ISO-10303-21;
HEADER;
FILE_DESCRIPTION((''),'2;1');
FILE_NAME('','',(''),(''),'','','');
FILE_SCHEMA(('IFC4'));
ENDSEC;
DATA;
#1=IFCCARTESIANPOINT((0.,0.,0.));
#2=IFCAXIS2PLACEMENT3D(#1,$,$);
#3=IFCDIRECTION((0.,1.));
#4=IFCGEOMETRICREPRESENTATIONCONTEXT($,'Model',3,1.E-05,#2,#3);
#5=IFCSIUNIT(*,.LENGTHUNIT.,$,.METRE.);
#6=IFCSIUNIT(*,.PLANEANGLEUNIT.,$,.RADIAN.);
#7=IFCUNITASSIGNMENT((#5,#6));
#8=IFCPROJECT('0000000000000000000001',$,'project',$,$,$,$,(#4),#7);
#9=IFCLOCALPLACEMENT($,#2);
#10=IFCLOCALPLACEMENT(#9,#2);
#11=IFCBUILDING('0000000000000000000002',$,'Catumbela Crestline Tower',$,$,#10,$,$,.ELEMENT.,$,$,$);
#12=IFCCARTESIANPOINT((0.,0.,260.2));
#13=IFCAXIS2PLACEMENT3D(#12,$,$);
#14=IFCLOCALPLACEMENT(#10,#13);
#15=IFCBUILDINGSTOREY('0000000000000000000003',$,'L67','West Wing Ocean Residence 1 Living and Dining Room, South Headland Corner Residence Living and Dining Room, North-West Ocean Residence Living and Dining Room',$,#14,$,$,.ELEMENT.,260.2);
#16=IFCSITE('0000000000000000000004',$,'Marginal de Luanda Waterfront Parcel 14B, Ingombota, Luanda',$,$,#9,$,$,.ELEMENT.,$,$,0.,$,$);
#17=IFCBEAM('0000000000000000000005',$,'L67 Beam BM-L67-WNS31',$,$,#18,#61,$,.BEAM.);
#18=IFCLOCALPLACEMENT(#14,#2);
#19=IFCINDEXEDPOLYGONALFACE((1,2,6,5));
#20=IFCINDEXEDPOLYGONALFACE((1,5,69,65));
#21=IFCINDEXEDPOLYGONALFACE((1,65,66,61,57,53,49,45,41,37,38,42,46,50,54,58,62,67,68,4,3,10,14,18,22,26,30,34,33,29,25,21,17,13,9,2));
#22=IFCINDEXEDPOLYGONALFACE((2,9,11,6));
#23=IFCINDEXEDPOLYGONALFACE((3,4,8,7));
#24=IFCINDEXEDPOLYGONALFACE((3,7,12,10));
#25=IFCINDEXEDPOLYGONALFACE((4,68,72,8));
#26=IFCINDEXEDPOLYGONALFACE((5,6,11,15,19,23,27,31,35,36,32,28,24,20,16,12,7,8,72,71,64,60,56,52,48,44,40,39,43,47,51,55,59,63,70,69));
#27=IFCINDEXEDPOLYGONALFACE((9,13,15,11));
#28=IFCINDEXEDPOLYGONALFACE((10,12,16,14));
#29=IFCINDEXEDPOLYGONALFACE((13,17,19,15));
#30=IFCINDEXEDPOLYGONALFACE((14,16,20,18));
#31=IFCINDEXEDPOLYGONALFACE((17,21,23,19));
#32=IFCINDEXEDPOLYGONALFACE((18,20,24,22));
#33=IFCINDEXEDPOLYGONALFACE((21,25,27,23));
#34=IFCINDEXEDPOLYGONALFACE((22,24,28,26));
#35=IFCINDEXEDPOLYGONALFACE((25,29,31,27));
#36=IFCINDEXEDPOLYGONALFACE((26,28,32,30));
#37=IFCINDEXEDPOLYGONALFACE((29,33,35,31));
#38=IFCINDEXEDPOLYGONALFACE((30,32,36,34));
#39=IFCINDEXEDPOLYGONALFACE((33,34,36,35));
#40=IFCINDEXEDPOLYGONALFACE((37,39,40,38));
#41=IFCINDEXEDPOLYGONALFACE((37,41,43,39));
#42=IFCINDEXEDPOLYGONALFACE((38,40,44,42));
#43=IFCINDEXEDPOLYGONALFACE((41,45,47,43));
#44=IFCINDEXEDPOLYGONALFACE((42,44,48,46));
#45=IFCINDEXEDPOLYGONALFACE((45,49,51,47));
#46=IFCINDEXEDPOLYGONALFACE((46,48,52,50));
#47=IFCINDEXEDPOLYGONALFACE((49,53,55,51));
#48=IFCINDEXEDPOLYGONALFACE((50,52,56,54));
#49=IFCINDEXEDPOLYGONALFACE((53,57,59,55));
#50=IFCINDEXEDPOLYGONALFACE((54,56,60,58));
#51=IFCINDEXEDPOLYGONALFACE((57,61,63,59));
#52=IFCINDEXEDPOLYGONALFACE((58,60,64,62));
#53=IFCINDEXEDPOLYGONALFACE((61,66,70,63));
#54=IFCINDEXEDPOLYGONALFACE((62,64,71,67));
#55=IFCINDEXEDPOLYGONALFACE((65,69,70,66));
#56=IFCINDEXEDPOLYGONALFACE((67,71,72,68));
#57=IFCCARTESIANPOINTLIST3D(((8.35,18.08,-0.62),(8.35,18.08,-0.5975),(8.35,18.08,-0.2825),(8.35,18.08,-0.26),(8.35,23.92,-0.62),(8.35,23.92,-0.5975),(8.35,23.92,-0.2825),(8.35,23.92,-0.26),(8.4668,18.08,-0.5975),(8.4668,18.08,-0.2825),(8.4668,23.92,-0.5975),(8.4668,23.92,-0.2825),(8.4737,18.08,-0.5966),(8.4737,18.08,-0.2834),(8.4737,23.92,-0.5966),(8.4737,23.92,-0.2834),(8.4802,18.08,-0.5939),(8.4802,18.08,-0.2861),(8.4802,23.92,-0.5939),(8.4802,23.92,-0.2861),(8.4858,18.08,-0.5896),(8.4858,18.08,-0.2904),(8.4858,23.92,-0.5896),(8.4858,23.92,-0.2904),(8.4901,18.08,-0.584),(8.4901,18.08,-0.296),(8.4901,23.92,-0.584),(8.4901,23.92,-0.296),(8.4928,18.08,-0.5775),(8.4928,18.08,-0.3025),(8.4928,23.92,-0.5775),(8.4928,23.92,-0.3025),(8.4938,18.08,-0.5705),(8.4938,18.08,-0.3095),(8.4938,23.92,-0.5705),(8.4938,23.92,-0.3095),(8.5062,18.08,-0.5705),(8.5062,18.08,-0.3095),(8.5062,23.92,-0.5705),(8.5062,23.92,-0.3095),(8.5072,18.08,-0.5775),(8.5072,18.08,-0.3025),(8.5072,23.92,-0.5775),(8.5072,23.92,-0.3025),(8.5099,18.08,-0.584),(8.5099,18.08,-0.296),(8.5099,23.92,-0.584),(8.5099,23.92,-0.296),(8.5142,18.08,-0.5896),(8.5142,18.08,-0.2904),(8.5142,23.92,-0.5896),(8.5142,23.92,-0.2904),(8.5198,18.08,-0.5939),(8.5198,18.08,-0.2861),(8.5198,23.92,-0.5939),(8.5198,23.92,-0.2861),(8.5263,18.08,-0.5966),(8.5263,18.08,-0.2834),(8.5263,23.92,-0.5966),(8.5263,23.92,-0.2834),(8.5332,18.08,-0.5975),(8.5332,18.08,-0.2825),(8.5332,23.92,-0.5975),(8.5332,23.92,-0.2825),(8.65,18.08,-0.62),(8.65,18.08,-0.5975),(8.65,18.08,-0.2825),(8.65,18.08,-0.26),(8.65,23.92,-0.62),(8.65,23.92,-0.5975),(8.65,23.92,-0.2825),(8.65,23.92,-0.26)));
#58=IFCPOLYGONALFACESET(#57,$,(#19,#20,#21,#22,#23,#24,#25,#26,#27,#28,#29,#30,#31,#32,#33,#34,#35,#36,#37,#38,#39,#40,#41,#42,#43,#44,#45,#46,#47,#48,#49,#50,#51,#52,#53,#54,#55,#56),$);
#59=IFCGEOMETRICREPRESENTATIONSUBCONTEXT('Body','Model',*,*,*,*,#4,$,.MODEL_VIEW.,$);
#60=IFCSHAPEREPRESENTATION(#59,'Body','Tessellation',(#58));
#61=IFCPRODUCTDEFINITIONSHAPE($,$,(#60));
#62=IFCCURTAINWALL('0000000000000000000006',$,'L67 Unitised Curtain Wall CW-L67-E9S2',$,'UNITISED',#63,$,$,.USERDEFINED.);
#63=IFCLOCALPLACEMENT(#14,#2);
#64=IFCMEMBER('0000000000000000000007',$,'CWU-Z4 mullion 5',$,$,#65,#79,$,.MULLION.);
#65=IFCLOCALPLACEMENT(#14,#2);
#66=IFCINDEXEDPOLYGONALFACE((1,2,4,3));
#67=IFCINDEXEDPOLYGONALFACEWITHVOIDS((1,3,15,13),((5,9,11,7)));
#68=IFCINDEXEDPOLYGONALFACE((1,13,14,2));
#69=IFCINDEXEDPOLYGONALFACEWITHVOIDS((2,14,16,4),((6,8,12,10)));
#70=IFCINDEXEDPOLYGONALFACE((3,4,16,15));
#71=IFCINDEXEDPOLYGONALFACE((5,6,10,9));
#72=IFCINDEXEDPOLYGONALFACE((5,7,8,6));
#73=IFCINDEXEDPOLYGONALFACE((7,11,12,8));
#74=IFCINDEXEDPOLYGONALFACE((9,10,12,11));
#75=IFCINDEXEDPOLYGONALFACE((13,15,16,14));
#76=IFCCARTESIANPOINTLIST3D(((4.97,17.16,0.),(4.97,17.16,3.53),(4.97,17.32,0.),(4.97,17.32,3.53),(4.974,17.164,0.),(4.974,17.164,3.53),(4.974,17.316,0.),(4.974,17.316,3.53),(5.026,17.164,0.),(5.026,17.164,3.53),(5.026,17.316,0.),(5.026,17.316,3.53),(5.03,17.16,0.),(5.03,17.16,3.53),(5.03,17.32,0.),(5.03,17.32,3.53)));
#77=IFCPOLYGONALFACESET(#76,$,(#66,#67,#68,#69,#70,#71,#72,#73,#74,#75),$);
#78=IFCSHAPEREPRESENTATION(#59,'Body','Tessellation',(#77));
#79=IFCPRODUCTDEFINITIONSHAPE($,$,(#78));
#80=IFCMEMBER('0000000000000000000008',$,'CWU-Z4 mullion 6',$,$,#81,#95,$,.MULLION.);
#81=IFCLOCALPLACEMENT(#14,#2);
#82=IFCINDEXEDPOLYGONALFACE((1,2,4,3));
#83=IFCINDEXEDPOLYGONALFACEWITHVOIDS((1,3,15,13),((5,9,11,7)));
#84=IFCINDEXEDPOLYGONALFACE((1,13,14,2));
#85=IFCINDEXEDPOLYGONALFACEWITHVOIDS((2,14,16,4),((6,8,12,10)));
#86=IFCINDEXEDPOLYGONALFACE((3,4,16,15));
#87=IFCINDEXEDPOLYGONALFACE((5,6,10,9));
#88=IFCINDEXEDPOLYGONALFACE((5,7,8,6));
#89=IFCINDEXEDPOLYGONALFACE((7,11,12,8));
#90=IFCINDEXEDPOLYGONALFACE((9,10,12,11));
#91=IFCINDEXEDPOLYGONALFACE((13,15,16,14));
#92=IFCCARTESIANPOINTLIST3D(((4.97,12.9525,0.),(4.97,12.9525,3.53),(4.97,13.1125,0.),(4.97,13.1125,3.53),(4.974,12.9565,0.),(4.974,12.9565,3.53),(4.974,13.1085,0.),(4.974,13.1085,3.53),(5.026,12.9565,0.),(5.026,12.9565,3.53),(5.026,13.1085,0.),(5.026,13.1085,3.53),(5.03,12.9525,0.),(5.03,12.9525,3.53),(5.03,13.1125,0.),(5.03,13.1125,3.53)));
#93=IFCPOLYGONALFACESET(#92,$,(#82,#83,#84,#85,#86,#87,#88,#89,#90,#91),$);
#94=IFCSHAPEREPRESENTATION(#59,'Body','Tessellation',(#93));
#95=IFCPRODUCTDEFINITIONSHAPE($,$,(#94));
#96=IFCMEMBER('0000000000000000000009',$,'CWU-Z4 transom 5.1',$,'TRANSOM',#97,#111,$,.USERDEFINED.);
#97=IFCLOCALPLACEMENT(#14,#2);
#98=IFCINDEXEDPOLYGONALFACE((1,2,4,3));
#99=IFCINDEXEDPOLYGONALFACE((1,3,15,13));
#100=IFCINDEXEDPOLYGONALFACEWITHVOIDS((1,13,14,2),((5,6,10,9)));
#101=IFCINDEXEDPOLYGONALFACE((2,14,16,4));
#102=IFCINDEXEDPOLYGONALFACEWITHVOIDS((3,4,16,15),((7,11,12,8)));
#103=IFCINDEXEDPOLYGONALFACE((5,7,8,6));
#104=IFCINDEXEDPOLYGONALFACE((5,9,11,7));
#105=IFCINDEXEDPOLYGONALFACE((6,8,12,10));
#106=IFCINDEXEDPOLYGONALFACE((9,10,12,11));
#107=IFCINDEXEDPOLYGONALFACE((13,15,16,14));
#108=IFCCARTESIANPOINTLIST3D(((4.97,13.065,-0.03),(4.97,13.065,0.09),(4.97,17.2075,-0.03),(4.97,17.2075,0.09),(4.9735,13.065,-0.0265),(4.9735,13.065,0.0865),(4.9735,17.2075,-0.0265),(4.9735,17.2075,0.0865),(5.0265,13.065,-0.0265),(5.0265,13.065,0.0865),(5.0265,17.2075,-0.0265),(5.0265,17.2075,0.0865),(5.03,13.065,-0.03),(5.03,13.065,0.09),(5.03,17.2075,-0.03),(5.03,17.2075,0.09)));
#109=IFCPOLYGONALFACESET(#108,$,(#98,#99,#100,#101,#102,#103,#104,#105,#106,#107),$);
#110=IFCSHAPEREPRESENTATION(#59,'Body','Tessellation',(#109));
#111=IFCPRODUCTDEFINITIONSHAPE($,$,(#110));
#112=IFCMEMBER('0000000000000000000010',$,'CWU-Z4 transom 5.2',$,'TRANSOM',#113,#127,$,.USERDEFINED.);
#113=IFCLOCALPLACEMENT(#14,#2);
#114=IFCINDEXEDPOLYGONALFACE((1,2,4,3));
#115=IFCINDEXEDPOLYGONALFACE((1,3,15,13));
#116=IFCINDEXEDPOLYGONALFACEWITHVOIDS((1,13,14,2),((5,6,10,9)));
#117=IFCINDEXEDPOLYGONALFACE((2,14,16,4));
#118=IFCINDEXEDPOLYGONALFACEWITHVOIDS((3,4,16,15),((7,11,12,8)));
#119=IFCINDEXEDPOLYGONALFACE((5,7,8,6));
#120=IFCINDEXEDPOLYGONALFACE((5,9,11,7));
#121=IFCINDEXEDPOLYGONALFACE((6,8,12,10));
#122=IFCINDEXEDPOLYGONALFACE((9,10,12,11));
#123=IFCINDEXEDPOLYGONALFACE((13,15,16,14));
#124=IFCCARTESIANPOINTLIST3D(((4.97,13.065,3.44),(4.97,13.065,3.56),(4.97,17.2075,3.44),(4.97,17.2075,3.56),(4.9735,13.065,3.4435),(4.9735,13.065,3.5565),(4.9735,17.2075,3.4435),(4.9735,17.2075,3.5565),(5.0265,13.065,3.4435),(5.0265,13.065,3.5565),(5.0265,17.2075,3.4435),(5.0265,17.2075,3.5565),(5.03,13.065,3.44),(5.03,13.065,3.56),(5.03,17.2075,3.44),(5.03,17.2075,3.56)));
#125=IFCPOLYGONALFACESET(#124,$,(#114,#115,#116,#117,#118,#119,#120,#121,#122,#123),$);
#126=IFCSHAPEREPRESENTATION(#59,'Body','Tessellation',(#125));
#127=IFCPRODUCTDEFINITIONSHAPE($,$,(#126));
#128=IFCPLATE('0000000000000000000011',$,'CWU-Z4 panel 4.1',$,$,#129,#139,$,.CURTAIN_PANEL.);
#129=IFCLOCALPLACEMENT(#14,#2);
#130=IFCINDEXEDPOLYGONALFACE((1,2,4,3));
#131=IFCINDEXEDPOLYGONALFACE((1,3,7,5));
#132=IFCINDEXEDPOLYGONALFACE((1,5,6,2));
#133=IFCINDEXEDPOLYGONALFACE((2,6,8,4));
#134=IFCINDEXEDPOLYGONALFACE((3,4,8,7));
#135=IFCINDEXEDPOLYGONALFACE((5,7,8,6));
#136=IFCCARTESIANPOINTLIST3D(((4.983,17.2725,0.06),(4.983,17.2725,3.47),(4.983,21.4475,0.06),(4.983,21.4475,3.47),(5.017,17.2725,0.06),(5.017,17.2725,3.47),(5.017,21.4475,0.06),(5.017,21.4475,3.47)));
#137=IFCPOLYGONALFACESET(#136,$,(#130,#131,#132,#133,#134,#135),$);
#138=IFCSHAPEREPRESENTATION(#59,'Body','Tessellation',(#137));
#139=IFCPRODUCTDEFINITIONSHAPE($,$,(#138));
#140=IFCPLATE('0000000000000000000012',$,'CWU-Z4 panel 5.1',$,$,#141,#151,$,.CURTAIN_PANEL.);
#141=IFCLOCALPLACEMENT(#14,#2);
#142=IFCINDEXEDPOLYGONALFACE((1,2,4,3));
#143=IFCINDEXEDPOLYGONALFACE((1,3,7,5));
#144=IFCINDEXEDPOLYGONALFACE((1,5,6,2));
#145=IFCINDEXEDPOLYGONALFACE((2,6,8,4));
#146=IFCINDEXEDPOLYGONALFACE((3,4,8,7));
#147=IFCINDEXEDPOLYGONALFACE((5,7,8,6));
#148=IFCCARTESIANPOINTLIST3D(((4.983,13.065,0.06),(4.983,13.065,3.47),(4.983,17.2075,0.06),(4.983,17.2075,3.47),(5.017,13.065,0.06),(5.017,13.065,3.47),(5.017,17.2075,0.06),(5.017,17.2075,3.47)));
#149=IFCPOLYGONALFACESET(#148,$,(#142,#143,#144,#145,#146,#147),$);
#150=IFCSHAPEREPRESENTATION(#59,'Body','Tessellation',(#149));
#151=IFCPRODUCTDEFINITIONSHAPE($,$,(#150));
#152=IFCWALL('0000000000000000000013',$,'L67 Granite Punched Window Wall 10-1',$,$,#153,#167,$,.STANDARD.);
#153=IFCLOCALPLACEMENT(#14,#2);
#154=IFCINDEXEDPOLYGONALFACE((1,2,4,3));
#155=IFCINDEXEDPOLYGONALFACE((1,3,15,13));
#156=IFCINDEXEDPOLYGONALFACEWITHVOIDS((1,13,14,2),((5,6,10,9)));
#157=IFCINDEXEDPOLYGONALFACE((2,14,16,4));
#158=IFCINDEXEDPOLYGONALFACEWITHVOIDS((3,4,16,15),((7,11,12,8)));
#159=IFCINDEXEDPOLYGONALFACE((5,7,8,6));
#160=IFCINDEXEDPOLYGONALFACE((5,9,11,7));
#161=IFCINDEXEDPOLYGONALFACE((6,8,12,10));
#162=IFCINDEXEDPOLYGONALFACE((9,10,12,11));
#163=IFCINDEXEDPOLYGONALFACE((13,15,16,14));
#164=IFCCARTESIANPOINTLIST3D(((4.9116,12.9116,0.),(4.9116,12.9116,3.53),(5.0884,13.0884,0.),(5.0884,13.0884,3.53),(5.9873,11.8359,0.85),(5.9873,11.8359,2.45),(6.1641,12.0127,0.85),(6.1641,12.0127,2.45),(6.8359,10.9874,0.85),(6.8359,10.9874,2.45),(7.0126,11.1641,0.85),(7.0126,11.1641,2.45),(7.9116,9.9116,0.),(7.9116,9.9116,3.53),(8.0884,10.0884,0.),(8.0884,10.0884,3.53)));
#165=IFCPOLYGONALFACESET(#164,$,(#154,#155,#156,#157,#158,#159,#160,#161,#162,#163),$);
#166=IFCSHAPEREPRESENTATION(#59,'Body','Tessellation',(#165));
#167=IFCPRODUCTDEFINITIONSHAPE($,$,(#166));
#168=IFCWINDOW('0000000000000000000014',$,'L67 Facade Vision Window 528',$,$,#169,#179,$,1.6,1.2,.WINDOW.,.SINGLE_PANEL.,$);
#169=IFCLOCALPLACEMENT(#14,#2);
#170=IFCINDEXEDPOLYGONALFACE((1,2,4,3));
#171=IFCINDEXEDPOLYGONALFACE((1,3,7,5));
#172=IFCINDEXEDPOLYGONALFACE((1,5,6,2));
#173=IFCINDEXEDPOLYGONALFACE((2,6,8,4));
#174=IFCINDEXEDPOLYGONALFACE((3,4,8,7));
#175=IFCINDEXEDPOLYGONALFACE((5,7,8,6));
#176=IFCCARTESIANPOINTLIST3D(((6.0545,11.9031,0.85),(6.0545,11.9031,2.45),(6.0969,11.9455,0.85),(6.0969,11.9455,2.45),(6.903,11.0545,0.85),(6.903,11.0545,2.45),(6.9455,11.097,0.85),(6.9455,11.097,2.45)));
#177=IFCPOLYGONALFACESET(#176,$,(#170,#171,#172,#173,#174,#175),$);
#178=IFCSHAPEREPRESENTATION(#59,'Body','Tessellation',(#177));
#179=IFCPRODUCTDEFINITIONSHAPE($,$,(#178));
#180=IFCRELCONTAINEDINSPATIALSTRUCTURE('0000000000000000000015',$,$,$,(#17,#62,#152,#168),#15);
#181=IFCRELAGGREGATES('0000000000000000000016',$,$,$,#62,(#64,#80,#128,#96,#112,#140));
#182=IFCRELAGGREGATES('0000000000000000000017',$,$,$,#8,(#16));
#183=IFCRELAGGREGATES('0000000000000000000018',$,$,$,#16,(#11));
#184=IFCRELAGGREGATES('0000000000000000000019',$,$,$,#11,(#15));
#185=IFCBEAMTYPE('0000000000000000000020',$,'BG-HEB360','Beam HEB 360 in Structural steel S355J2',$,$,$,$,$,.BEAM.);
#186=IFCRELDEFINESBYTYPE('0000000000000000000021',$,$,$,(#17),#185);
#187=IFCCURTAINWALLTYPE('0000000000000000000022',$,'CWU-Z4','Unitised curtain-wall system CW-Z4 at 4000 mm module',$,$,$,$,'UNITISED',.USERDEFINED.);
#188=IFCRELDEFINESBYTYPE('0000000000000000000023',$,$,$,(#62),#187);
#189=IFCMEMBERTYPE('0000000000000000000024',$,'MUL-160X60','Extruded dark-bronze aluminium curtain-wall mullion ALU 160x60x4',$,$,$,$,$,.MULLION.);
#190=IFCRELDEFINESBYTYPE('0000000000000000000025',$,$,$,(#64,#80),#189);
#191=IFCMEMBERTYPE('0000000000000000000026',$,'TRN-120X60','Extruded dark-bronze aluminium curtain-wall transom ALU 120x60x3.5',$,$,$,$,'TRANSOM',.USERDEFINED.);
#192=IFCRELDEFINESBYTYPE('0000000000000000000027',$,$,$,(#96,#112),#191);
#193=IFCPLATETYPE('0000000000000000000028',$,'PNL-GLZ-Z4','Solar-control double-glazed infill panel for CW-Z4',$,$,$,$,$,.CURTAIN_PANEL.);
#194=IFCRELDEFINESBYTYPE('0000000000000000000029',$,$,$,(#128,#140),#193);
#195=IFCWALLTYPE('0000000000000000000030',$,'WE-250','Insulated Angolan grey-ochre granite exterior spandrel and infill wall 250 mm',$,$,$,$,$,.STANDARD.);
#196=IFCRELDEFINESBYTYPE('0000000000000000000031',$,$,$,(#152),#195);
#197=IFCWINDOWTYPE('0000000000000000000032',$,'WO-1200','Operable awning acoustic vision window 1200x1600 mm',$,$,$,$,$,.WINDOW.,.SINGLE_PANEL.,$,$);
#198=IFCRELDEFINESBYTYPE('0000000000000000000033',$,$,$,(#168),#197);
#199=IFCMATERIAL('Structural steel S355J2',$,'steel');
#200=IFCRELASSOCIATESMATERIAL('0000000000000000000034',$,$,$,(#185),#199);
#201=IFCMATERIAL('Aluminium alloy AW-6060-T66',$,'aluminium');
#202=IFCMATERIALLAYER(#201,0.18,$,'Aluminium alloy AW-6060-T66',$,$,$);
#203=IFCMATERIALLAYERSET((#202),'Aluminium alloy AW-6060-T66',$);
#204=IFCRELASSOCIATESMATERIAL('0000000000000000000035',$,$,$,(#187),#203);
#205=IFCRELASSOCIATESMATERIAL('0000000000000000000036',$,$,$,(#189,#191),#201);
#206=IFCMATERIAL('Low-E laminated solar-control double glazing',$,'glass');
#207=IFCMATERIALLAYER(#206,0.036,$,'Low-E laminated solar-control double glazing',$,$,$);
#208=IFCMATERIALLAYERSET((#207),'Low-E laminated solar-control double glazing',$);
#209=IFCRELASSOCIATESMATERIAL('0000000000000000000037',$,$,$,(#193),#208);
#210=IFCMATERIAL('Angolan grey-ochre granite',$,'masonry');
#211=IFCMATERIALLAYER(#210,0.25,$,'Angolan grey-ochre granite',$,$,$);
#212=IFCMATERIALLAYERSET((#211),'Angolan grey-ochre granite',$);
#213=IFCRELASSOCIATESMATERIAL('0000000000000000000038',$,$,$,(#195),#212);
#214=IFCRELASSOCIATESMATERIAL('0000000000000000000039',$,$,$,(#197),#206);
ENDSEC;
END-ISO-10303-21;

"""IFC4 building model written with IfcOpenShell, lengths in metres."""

from ifc_helpers import new_model, si_unit, direction, frame, frame_2d, origin, origin_2d, place, context, subcontext, project, spatial, rectangle, hollow_rectangle, i_section, extrude, material, layer, layer_set, material_profile, profile_set, type_object, element, fill, aggregate, save


model = new_model("IFC4")

# Units and contexts
model_context = context("Model", 3, precision=1e-05, world=origin(), true_north=direction((0.0, 1.0)))
body_context = subcontext(model_context, "Body", "Model", "MODEL_VIEW")
ifc_project = project(units=[si_unit("LENGTHUNIT", "METRE"), si_unit("PLANEANGLEUNIT", "RADIAN")], contexts=[model_context])

# Site, building, storey
site_placement = place(None, origin())
site = spatial("IfcSite", under=ifc_project, at=site_placement, Name="Marginal de Luanda Waterfront Parcel 14B, Ingombota, Luanda", CompositionType="ELEMENT", RefElevation=0.0)
building_placement = place(site_placement, origin())
building = spatial("IfcBuilding", under=site, at=building_placement, Name="Catumbela Crestline Tower", CompositionType="ELEMENT")
storey_placement = place(building_placement, frame((0.0, 0.0, 260.2)))
storey = spatial("IfcBuildingStorey", under=building, at=storey_placement, Name="L67", Description="West Wing Ocean Residence 1 Living and Dining Room, South Headland Corner Residence Living and Dining Room, North-West Ocean Residence Living and Dining Room", CompositionType="ELEMENT", Elevation=260.2)

# Shared definitions
ifc_material_1 = material(Name="Structural steel S355J2", Category="steel")

# Beam
ifc_material_profile_1 = material_profile(ifc_material_1, i_section(OverallWidth=0.3, OverallDepth=0.36, WebThickness=0.0125, FlangeThickness=0.0225, FilletRadius=0.027, at=origin_2d()), Name="HEB 360")
ifc_profile_set_1 = profile_set([ifc_material_profile_1], Name="Structural steel S355J2")
beam_type = type_object("IfcBeamType", Name="BG-HEB360", Description="Beam HEB 360 in Structural steel S355J2", PredefinedType="BEAM", material=ifc_profile_set_1)
beam_1_placement = place(storey_placement, frame((8.5, 18.08, -0.44), z_axis=(0.0, 1.0, 0.0), x_axis=(-1.0, 0.0, 0.0)))
element("IfcBeam", 1, at=beam_1_placement, inside=storey, type_object=beam_type, Name="L67 Beam BM-L67-WNS31", PredefinedType="BEAM", context=body_context, shape_type="SweptSolid", body=[
    extrude(i_section(OverallWidth=0.3, OverallDepth=0.36, WebThickness=0.0125, FlangeThickness=0.0225, FilletRadius=0.027, at=origin_2d()), origin(), (0.0, 0.0, 1.0), 5.84),
])

# Curtain wall, members, plates
ifc_material_2 = material(Name="Aluminium alloy AW-6060-T66", Category="aluminium")
ifc_layer_1 = layer(ifc_material_2, 0.18, Name="Aluminium alloy AW-6060-T66")
ifc_layer_set_1 = layer_set([ifc_layer_1], Name="Aluminium alloy AW-6060-T66")
curtain_wall_type = type_object("IfcCurtainWallType", Name="CWU-Z4", Description="Unitised curtain-wall system CW-Z4 at 4000 mm module", ElementType="UNITISED", PredefinedType="USERDEFINED", material=ifc_layer_set_1)
curtain_wall_placement = place(storey_placement, origin())
curtain_wall = element("IfcCurtainWall", 2, at=curtain_wall_placement, inside=storey, type_object=curtain_wall_type, Name="L67 Unitised Curtain Wall CW-L67-E9S2", ObjectType="UNITISED", PredefinedType="USERDEFINED")
ifc_material_profile_2 = material_profile(ifc_material_2, hollow_rectangle(XDim=0.06, YDim=0.16, WallThickness=0.004, at=origin_2d()), Name="ALU 160x60x4")
ifc_profile_set_2 = profile_set([ifc_material_profile_2], Name="Aluminium alloy AW-6060-T66")
member_type_1 = type_object("IfcMemberType", Name="MUL-160X60", Description="Extruded dark-bronze aluminium curtain-wall mullion ALU 160x60x4", PredefinedType="MULLION", material=ifc_profile_set_2)
member_1_placement = place(storey_placement, frame((5.0, 17.24, 0.0), z_axis=(0.0, 0.0, 1.0), x_axis=(1.0, 0.0, 0.0)))
member_1 = element("IfcMember", 3, at=member_1_placement, type_object=member_type_1, Name="CWU-Z4 mullion 5", PredefinedType="MULLION", context=body_context, shape_type="SweptSolid", body=[
    extrude(hollow_rectangle(XDim=0.06, YDim=0.16, WallThickness=0.004, at=origin_2d()), origin(), (0.0, 0.0, 1.0), 3.53),
])
member_2_placement = place(storey_placement, frame((5.0, 13.0325, 0.0), z_axis=(0.0, 0.0, 1.0), x_axis=(1.0, 0.0, 0.0)))
member_2 = element("IfcMember", 4, at=member_2_placement, type_object=member_type_1, Name="CWU-Z4 mullion 6", PredefinedType="MULLION", context=body_context, shape_type="SweptSolid", body=[
    extrude(hollow_rectangle(XDim=0.06, YDim=0.16, WallThickness=0.004, at=origin_2d()), origin(), (0.0, 0.0, 1.0), 3.53),
])
ifc_material_profile_3 = material_profile(ifc_material_2, hollow_rectangle(XDim=0.06, YDim=0.12, WallThickness=0.0035, at=origin_2d()), Name="ALU 120x60x3.5")
ifc_profile_set_3 = profile_set([ifc_material_profile_3], Name="Aluminium alloy AW-6060-T66")
member_type_2 = type_object("IfcMemberType", Name="TRN-120X60", Description="Extruded dark-bronze aluminium curtain-wall transom ALU 120x60x3.5", ElementType="TRANSOM", PredefinedType="USERDEFINED", material=ifc_profile_set_3)
member_3_placement = place(storey_placement, frame((5.0, 17.2075, 0.03), z_axis=(0.0, -1.0, 0.0), x_axis=(1.0, 0.0, 0.0)))
member_3 = element("IfcMember", 5, at=member_3_placement, type_object=member_type_2, Name="CWU-Z4 transom 5.1", ObjectType="TRANSOM", PredefinedType="USERDEFINED", context=body_context, shape_type="SweptSolid", body=[
    extrude(hollow_rectangle(XDim=0.06, YDim=0.12, WallThickness=0.0035, at=origin_2d()), origin(), (0.0, 0.0, 1.0), 4.1425),
])
member_4_placement = place(storey_placement, frame((5.0, 17.2075, 3.5), z_axis=(0.0, -1.0, 0.0), x_axis=(1.0, 0.0, 0.0)))
member_4 = element("IfcMember", 6, at=member_4_placement, type_object=member_type_2, Name="CWU-Z4 transom 5.2", ObjectType="TRANSOM", PredefinedType="USERDEFINED", context=body_context, shape_type="SweptSolid", body=[
    extrude(hollow_rectangle(XDim=0.06, YDim=0.12, WallThickness=0.0035, at=origin_2d()), origin(), (0.0, 0.0, 1.0), 4.1425),
])
ifc_material_3 = material(Name="Low-E laminated solar-control double glazing", Category="glass")
ifc_layer_2 = layer(ifc_material_3, 0.036, Name="Low-E laminated solar-control double glazing")
ifc_layer_set_2 = layer_set([ifc_layer_2], Name="Low-E laminated solar-control double glazing")
plate_type = type_object("IfcPlateType", Name="PNL-GLZ-Z4", Description="Solar-control double-glazed infill panel for CW-Z4", PredefinedType="CURTAIN_PANEL", material=ifc_layer_set_2)
plate_1_placement = place(storey_placement, frame((5.0, 19.36, 0.06), z_axis=(0.0, 0.0, 1.0), x_axis=(0.0, -1.0, 0.0)))
plate_1 = element("IfcPlate", 7, at=plate_1_placement, type_object=plate_type, Name="CWU-Z4 panel 4.1", PredefinedType="CURTAIN_PANEL", context=body_context, shape_type="SweptSolid", body=[
    extrude(rectangle(XDim=4.175, YDim=0.034, at=origin_2d()), origin(), (0.0, 0.0, 1.0), 3.41),
])
plate_2_placement = place(storey_placement, frame((5.0, 15.1362, 0.06), z_axis=(0.0, 0.0, 1.0), x_axis=(0.0, -1.0, 0.0)))
plate_2 = element("IfcPlate", 8, at=plate_2_placement, type_object=plate_type, Name="CWU-Z4 panel 5.1", PredefinedType="CURTAIN_PANEL", context=body_context, shape_type="SweptSolid", body=[
    extrude(rectangle(XDim=4.1425, YDim=0.034, at=origin_2d()), origin(), (0.0, 0.0, 1.0), 3.41),
])
aggregate(curtain_wall, [member_1, member_2, plate_1, member_3, member_4, plate_2])

# Wall, opening, window
ifc_material_4 = material(Name="Angolan grey-ochre granite", Category="masonry")
ifc_layer_3 = layer(ifc_material_4, 0.25, Name="Angolan grey-ochre granite")
ifc_layer_set_3 = layer_set([ifc_layer_3], Name="Angolan grey-ochre granite")
wall_type_1 = type_object("IfcWallType", Name="WE-250", Description="Insulated Angolan grey-ochre granite exterior spandrel and infill wall 250 mm", PredefinedType="STANDARD", material=ifc_layer_set_3)
wall_1_placement = place(storey_placement, frame((5.0, 13.0, 0.0), z_axis=(0.0, 0.0, 1.0), x_axis=(0.707107, -0.707107, 0.0)))
wall_1 = element("IfcWall", 9, at=wall_1_placement, inside=storey, type_object=wall_type_1, Name="L67 Granite Punched Window Wall 10-1", PredefinedType="STANDARD", context=body_context, shape_type="SweptSolid", body=[
    extrude(rectangle(XDim=4.2426, YDim=0.25, at=frame_2d((2.1213, 0.0))), origin(), (0.0, 0.0, 1.0), 3.53),
])
opening_1_placement = place(wall_1_placement, frame((1.5213, 0.0, 0.85)))
opening_1 = element("IfcOpeningElement", 10, at=opening_1_placement, cuts=wall_1, PredefinedType="OPENING", context=body_context, shape_type="SweptSolid", body=[
    extrude(rectangle(XDim=1.2, YDim=1.6, at=frame_2d((0.6, 0.8))), frame((0.0, 0.135, 0.0), z_axis=(0.0, -1.0, 0.0), x_axis=(1.0, 0.0, 0.0)), (0.0, 0.0, 1.0), 0.27),
])
window_type = type_object("IfcWindowType", Name="WO-1200", Description="Operable awning acoustic vision window 1200x1600 mm", PartitioningType="SINGLE_PANEL", PredefinedType="WINDOW", material=ifc_material_3)
window_placement = place(opening_1_placement, origin())
window = element("IfcWindow", 11, at=window_placement, inside=storey, type_object=window_type, Name="L67 Facade Vision Window 528", OverallHeight=1.6, OverallWidth=1.2, PartitioningType="SINGLE_PANEL", PredefinedType="WINDOW", context=body_context, shape_type="SweptSolid", body=[
    extrude(rectangle(XDim=1.2, YDim=1.6, at=frame_2d((0.6, 0.8))), frame((0.0, 0.03, 0.0), z_axis=(0.0, -1.0, 0.0), x_axis=(1.0, 0.0, 0.0)), (0.0, 0.0, 1.0), 0.06),
])
fill(opening_1, window)

save(model, "model.ifc")
